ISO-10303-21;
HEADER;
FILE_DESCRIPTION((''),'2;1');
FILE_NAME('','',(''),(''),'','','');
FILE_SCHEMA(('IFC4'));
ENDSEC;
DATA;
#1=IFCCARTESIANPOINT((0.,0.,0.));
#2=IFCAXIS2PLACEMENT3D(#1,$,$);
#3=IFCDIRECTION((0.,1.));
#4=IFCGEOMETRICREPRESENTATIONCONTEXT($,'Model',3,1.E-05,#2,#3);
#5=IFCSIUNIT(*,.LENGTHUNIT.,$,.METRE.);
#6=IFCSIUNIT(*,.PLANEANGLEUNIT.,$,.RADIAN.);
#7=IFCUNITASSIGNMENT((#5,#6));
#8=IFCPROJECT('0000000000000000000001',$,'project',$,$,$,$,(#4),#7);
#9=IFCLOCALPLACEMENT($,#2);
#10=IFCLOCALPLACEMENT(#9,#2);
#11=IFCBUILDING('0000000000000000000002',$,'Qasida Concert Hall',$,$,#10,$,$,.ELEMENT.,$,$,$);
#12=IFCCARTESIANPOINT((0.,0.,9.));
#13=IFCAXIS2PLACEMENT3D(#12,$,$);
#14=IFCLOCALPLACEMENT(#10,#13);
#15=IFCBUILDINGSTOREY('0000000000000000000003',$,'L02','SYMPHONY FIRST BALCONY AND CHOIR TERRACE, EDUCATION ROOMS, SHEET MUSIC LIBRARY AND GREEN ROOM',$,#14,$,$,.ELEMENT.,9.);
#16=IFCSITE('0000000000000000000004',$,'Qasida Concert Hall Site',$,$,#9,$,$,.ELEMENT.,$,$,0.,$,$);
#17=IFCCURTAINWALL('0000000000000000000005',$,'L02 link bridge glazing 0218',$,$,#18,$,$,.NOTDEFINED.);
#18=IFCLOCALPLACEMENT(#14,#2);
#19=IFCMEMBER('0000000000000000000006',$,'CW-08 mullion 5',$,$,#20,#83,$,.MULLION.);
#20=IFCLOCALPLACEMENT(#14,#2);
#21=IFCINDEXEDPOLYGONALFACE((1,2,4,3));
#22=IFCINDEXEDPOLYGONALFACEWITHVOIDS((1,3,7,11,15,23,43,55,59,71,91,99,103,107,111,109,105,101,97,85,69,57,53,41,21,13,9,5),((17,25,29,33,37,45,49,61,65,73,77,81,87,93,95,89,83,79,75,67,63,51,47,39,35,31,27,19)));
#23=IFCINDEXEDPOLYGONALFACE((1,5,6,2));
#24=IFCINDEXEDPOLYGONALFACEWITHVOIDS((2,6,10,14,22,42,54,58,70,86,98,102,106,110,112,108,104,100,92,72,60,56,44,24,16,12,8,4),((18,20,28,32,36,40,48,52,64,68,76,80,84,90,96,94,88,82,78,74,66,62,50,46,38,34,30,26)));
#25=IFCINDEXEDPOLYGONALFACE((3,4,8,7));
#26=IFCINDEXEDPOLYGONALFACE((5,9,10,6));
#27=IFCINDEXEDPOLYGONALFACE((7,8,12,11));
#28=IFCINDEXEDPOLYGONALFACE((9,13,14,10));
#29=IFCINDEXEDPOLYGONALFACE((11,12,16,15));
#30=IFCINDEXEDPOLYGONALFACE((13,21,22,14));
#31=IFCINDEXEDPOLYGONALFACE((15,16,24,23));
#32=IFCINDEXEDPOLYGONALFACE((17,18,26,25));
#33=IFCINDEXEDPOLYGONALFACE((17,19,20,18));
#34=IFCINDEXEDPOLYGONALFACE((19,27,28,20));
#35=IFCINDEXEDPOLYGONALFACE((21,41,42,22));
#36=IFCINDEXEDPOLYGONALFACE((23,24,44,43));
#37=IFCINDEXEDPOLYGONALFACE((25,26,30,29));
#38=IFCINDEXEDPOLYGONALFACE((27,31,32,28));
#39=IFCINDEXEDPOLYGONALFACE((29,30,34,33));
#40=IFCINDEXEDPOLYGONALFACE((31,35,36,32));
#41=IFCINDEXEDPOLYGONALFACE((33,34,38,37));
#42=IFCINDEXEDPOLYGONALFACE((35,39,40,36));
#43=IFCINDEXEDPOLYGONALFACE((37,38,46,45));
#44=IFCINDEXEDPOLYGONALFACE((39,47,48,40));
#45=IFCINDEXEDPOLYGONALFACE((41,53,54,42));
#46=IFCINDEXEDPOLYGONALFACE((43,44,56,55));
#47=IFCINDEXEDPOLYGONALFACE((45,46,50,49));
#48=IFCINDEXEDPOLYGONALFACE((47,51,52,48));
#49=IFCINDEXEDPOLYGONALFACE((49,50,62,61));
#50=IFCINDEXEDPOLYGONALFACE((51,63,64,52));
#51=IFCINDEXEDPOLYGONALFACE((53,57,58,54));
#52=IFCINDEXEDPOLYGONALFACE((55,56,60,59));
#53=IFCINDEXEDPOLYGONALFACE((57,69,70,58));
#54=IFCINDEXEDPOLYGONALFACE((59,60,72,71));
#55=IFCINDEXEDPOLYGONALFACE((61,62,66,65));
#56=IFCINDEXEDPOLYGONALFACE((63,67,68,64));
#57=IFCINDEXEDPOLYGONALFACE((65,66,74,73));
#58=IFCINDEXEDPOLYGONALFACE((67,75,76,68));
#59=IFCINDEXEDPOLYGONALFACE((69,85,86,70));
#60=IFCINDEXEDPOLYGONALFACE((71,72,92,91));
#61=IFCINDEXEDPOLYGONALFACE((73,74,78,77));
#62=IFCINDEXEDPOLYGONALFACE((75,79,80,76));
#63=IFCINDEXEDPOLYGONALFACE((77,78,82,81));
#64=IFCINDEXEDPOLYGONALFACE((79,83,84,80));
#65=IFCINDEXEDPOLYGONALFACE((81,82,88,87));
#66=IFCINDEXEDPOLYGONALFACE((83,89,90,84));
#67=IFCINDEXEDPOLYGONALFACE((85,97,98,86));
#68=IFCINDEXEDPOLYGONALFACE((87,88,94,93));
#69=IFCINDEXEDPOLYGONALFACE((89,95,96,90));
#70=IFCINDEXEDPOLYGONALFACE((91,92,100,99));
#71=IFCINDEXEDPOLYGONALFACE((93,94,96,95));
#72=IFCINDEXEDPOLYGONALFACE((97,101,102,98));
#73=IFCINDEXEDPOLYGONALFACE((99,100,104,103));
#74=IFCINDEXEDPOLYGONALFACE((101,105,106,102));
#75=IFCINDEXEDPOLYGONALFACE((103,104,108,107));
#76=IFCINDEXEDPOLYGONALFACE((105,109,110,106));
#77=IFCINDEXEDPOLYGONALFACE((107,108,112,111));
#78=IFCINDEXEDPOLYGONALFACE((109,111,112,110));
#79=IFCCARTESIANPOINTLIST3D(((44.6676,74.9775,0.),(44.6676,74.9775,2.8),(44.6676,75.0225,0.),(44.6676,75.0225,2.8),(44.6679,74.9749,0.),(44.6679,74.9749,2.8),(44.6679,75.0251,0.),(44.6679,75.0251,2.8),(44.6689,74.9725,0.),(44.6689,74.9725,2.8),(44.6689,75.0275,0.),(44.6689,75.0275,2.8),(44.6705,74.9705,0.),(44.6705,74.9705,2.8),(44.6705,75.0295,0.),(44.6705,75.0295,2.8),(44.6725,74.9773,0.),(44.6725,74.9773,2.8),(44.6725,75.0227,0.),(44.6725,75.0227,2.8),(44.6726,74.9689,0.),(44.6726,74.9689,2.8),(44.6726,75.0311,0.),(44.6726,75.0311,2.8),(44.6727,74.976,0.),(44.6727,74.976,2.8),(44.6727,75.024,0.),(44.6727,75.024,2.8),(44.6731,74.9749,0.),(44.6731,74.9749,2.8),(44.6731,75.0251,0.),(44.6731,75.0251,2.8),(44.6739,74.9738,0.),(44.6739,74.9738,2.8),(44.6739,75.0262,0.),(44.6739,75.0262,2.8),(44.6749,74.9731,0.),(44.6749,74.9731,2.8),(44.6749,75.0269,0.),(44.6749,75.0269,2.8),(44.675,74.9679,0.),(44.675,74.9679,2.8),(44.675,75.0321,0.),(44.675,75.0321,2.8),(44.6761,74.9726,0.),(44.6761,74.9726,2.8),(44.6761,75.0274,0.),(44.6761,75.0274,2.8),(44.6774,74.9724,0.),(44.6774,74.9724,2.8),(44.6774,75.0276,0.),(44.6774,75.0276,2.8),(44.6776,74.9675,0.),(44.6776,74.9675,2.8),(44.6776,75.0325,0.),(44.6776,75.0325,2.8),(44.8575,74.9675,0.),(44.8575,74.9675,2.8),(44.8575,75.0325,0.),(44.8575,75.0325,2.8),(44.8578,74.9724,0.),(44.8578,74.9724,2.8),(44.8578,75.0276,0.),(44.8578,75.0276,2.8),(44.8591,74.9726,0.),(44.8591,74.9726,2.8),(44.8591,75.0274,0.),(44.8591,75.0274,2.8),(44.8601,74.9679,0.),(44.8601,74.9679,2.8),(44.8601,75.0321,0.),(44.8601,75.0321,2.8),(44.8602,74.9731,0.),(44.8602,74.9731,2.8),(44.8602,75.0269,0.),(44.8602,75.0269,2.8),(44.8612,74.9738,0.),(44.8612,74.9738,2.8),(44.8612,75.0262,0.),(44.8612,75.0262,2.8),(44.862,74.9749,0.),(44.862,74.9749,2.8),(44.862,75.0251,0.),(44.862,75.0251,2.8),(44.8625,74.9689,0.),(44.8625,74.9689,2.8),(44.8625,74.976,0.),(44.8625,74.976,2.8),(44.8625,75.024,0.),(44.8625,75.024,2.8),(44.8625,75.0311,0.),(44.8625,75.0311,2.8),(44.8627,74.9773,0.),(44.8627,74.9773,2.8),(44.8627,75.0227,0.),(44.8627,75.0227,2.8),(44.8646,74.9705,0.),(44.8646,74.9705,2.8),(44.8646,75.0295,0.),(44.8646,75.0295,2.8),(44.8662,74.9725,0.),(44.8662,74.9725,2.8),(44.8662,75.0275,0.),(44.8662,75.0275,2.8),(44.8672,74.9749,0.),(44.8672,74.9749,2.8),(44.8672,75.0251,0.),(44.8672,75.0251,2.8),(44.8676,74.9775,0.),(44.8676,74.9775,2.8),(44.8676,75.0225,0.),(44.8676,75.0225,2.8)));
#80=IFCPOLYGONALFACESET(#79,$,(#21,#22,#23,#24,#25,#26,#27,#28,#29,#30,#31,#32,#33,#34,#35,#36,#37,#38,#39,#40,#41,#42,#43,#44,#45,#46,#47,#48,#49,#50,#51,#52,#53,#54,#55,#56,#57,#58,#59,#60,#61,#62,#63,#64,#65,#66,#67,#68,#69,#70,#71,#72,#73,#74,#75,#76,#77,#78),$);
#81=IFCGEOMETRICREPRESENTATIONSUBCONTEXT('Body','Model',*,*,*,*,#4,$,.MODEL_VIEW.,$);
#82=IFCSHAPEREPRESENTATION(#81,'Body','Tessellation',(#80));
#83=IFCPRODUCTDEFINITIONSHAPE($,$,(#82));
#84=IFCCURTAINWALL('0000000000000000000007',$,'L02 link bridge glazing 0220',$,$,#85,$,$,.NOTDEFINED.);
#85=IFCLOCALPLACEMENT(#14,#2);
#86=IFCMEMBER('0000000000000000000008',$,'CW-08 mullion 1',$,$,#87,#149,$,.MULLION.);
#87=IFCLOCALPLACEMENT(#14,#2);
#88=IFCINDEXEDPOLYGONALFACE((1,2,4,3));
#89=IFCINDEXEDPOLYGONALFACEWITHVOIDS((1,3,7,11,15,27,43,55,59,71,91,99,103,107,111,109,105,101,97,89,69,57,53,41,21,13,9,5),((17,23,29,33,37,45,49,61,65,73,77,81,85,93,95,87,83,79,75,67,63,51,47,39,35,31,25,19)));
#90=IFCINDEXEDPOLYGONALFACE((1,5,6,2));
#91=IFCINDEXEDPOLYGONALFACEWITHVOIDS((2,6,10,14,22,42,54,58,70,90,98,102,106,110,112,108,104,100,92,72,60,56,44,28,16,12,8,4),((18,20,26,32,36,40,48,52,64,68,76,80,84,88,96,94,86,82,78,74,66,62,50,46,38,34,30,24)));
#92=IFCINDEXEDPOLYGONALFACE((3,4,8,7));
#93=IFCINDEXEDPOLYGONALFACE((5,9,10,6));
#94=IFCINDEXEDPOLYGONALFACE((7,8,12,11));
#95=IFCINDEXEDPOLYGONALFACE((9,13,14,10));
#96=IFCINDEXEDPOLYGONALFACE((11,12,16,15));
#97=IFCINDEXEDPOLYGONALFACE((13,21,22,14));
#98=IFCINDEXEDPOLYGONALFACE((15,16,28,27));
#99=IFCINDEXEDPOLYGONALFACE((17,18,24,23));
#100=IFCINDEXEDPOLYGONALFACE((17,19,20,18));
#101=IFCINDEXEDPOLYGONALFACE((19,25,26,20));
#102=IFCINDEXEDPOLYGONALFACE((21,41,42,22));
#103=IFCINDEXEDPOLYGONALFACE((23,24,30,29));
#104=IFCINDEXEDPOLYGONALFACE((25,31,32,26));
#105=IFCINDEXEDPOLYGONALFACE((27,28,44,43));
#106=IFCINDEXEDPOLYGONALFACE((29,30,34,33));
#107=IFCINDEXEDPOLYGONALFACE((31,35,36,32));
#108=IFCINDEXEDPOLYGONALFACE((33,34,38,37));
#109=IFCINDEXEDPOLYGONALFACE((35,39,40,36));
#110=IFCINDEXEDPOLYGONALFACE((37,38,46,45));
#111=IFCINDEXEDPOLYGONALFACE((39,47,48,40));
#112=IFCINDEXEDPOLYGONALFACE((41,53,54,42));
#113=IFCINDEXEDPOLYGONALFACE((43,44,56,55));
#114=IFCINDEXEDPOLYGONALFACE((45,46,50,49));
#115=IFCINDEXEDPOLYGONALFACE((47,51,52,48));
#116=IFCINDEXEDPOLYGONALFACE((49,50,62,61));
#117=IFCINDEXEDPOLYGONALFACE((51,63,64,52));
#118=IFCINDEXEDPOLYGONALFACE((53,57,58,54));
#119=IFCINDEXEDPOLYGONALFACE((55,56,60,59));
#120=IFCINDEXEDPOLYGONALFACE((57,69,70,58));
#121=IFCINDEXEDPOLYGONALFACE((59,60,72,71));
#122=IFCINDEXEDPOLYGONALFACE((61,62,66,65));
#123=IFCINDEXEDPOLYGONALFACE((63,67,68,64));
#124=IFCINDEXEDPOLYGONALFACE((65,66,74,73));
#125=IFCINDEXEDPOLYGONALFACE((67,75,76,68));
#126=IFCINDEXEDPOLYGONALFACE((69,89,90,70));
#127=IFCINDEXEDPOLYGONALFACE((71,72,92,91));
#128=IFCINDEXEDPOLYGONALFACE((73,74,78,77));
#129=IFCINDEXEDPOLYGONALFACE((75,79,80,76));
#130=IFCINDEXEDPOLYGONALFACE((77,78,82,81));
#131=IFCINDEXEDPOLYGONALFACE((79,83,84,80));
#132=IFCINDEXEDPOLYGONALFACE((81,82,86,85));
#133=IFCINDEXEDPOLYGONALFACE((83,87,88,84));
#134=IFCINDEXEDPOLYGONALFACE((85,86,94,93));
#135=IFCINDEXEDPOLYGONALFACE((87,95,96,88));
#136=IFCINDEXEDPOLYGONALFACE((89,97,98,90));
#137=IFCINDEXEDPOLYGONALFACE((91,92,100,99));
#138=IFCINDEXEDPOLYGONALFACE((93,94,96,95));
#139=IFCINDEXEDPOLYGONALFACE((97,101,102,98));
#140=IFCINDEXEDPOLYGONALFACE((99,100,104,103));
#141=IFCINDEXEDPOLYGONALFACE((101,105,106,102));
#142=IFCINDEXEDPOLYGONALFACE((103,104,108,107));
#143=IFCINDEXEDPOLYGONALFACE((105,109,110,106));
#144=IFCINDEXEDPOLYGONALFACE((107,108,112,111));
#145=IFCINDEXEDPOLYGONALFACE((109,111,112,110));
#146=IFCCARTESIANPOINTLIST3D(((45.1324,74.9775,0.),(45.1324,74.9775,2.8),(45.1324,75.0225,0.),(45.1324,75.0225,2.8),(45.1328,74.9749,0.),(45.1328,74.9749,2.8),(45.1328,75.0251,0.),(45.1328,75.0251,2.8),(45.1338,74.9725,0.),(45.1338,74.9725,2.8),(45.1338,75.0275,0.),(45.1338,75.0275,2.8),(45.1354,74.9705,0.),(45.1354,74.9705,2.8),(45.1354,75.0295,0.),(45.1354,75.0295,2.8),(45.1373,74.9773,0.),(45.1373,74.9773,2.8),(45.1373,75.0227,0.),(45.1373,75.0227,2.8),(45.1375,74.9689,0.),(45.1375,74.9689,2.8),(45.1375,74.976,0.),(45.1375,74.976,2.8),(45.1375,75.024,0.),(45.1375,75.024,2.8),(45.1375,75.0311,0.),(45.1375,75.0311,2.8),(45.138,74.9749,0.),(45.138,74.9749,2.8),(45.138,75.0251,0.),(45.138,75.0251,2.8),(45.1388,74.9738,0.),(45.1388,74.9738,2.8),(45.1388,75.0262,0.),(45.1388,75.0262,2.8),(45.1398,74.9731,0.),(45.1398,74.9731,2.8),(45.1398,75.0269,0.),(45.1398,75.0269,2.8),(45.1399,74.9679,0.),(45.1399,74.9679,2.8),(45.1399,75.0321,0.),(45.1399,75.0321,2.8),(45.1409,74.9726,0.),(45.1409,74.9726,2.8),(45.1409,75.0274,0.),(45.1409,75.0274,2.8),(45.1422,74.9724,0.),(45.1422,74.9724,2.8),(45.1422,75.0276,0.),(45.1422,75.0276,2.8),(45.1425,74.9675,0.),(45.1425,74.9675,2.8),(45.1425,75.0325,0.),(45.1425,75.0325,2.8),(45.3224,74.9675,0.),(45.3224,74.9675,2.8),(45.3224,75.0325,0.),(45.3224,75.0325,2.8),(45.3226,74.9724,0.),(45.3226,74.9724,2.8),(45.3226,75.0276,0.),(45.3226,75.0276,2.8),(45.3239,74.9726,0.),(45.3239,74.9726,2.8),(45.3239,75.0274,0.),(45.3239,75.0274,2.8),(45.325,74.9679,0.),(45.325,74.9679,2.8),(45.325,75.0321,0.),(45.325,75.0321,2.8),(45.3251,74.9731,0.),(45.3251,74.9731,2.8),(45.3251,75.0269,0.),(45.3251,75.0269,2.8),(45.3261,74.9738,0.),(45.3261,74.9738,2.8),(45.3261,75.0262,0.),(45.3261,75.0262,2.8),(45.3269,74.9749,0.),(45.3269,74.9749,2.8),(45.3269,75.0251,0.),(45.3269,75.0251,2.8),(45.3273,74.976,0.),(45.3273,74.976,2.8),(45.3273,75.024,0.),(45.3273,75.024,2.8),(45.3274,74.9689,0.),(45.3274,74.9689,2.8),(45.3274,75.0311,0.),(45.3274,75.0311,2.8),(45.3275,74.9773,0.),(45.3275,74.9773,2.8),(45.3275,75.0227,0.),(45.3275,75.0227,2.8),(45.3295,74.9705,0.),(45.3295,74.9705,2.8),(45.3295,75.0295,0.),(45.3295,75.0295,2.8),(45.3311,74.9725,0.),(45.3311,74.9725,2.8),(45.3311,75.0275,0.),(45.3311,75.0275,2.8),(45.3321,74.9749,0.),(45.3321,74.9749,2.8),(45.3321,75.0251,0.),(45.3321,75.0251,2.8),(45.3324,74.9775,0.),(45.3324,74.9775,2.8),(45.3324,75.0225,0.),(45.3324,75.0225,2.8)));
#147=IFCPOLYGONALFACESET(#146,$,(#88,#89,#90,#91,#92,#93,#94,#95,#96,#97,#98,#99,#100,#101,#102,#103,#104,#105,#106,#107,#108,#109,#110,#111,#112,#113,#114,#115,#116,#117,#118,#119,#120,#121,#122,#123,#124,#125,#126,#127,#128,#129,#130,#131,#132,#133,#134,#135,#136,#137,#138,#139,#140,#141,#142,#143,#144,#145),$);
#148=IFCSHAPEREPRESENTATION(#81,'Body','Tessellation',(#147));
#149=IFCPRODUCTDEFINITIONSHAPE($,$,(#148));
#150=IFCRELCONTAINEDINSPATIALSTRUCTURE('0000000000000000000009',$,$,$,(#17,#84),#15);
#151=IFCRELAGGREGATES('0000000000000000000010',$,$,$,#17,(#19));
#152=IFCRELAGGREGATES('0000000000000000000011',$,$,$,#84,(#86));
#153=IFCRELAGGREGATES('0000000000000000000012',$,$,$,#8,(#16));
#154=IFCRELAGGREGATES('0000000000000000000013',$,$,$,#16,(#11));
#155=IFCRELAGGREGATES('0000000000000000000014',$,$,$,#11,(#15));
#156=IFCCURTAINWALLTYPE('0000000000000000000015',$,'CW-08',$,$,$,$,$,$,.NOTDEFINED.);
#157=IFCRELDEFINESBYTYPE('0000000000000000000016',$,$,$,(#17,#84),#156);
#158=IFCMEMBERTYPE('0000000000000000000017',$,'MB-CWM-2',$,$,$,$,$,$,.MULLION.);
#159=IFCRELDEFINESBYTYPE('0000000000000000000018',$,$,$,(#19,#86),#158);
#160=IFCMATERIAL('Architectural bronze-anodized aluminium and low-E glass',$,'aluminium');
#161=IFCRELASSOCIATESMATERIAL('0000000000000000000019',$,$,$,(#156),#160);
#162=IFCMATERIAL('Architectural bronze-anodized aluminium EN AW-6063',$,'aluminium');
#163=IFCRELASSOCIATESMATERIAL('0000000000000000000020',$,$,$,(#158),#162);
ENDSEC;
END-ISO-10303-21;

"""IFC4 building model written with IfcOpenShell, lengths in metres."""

from ifc_helpers import new_model, si_unit, direction, frame, origin, origin_2d, place, context, subcontext, project, spatial, hollow_rectangle, extrude, material, material_profile, profile_set, type_object, element, aggregate, save


model = new_model("IFC4")

# Units and contexts
model_context = context("Model", 3, precision=1e-05, world=origin(), true_north=direction((0.0, 1.0)))
body_context = subcontext(model_context, "Body", "Model", "MODEL_VIEW")
ifc_project = project(units=[si_unit("LENGTHUNIT", "METRE"), si_unit("PLANEANGLEUNIT", "RADIAN")], contexts=[model_context])

# Site, building, storey
site_placement = place(None, origin())
site = spatial("IfcSite", under=ifc_project, at=site_placement, Name="Qasida Concert Hall Site", CompositionType="ELEMENT", RefElevation=0.0)
building_placement = place(site_placement, origin())
building = spatial("IfcBuilding", under=site, at=building_placement, Name="Qasida Concert Hall", CompositionType="ELEMENT")
storey_placement = place(building_placement, frame((0.0, 0.0, 9.0)))
storey = spatial("IfcBuildingStorey", under=building, at=storey_placement, Name="L02", Description="SYMPHONY FIRST BALCONY AND CHOIR TERRACE, EDUCATION ROOMS, SHEET MUSIC LIBRARY AND GREEN ROOM", CompositionType="ELEMENT", Elevation=9.0)

# Curtain wall, member
ifc_material_1 = material(Name="Architectural bronze-anodized aluminium and low-E glass", Category="aluminium")
curtain_wall_type = type_object("IfcCurtainWallType", Name="CW-08", PredefinedType="NOTDEFINED", material=ifc_material_1)
curtain_wall_1_placement = place(storey_placement, origin())
curtain_wall_1 = element("IfcCurtainWall", 1, at=curtain_wall_1_placement, inside=storey, type_object=curtain_wall_type, Name="L02 link bridge glazing 0218", PredefinedType="NOTDEFINED")
ifc_material_2 = material(Name="Architectural bronze-anodized aluminium EN AW-6063", Category="aluminium")
ifc_material_profile_1 = material_profile(ifc_material_2, hollow_rectangle(XDim=0.0649, YDim=0.2, WallThickness=0.0049, InnerFilletRadius=0.0049, OuterFilletRadius=0.01, at=origin_2d()), Name="CWM 200x65x5")
ifc_profile_set_1 = profile_set([ifc_material_profile_1], Name="Architectural bronze-anodized aluminium EN AW-6063")
member_type_1 = type_object("IfcMemberType", Name="MB-CWM-2", PredefinedType="MULLION", material=ifc_profile_set_1)
member_1_placement = place(storey_placement, frame((44.7676, 75.0, 0.0), z_axis=(0.0, 0.0, 1.0), x_axis=(0.0, 1.0, 0.0)))
member_1 = element("IfcMember", 2, at=member_1_placement, type_object=member_type_1, Name="CW-08 mullion 5", PredefinedType="MULLION", context=body_context, shape_type="SweptSolid", body=[
    extrude(hollow_rectangle(XDim=0.0649, YDim=0.2, WallThickness=0.0049, InnerFilletRadius=0.0049, OuterFilletRadius=0.01, at=origin_2d()), origin(), (0.0, 0.0, 1.0), 2.8),
])

# Curtain wall, member
curtain_wall_2_placement = place(storey_placement, origin())
curtain_wall_2 = element("IfcCurtainWall", 3, at=curtain_wall_2_placement, inside=storey, type_object=curtain_wall_type, Name="L02 link bridge glazing 0220", PredefinedType="NOTDEFINED")
member_2_placement = place(storey_placement, frame((45.2324, 75.0, 0.0), z_axis=(0.0, 0.0, 1.0), x_axis=(0.0, 1.0, 0.0)))
member_2 = element("IfcMember", 4, at=member_2_placement, type_object=member_type_1, Name="CW-08 mullion 1", PredefinedType="MULLION", context=body_context, shape_type="SweptSolid", body=[
    extrude(hollow_rectangle(XDim=0.0649, YDim=0.2, WallThickness=0.0049, InnerFilletRadius=0.0049, OuterFilletRadius=0.01, at=origin_2d()), origin(), (0.0, 0.0, 1.0), 2.8),
])

aggregate(curtain_wall_1, [member_1])
aggregate(curtain_wall_2, [member_2])

save(model, "model.ifc")
